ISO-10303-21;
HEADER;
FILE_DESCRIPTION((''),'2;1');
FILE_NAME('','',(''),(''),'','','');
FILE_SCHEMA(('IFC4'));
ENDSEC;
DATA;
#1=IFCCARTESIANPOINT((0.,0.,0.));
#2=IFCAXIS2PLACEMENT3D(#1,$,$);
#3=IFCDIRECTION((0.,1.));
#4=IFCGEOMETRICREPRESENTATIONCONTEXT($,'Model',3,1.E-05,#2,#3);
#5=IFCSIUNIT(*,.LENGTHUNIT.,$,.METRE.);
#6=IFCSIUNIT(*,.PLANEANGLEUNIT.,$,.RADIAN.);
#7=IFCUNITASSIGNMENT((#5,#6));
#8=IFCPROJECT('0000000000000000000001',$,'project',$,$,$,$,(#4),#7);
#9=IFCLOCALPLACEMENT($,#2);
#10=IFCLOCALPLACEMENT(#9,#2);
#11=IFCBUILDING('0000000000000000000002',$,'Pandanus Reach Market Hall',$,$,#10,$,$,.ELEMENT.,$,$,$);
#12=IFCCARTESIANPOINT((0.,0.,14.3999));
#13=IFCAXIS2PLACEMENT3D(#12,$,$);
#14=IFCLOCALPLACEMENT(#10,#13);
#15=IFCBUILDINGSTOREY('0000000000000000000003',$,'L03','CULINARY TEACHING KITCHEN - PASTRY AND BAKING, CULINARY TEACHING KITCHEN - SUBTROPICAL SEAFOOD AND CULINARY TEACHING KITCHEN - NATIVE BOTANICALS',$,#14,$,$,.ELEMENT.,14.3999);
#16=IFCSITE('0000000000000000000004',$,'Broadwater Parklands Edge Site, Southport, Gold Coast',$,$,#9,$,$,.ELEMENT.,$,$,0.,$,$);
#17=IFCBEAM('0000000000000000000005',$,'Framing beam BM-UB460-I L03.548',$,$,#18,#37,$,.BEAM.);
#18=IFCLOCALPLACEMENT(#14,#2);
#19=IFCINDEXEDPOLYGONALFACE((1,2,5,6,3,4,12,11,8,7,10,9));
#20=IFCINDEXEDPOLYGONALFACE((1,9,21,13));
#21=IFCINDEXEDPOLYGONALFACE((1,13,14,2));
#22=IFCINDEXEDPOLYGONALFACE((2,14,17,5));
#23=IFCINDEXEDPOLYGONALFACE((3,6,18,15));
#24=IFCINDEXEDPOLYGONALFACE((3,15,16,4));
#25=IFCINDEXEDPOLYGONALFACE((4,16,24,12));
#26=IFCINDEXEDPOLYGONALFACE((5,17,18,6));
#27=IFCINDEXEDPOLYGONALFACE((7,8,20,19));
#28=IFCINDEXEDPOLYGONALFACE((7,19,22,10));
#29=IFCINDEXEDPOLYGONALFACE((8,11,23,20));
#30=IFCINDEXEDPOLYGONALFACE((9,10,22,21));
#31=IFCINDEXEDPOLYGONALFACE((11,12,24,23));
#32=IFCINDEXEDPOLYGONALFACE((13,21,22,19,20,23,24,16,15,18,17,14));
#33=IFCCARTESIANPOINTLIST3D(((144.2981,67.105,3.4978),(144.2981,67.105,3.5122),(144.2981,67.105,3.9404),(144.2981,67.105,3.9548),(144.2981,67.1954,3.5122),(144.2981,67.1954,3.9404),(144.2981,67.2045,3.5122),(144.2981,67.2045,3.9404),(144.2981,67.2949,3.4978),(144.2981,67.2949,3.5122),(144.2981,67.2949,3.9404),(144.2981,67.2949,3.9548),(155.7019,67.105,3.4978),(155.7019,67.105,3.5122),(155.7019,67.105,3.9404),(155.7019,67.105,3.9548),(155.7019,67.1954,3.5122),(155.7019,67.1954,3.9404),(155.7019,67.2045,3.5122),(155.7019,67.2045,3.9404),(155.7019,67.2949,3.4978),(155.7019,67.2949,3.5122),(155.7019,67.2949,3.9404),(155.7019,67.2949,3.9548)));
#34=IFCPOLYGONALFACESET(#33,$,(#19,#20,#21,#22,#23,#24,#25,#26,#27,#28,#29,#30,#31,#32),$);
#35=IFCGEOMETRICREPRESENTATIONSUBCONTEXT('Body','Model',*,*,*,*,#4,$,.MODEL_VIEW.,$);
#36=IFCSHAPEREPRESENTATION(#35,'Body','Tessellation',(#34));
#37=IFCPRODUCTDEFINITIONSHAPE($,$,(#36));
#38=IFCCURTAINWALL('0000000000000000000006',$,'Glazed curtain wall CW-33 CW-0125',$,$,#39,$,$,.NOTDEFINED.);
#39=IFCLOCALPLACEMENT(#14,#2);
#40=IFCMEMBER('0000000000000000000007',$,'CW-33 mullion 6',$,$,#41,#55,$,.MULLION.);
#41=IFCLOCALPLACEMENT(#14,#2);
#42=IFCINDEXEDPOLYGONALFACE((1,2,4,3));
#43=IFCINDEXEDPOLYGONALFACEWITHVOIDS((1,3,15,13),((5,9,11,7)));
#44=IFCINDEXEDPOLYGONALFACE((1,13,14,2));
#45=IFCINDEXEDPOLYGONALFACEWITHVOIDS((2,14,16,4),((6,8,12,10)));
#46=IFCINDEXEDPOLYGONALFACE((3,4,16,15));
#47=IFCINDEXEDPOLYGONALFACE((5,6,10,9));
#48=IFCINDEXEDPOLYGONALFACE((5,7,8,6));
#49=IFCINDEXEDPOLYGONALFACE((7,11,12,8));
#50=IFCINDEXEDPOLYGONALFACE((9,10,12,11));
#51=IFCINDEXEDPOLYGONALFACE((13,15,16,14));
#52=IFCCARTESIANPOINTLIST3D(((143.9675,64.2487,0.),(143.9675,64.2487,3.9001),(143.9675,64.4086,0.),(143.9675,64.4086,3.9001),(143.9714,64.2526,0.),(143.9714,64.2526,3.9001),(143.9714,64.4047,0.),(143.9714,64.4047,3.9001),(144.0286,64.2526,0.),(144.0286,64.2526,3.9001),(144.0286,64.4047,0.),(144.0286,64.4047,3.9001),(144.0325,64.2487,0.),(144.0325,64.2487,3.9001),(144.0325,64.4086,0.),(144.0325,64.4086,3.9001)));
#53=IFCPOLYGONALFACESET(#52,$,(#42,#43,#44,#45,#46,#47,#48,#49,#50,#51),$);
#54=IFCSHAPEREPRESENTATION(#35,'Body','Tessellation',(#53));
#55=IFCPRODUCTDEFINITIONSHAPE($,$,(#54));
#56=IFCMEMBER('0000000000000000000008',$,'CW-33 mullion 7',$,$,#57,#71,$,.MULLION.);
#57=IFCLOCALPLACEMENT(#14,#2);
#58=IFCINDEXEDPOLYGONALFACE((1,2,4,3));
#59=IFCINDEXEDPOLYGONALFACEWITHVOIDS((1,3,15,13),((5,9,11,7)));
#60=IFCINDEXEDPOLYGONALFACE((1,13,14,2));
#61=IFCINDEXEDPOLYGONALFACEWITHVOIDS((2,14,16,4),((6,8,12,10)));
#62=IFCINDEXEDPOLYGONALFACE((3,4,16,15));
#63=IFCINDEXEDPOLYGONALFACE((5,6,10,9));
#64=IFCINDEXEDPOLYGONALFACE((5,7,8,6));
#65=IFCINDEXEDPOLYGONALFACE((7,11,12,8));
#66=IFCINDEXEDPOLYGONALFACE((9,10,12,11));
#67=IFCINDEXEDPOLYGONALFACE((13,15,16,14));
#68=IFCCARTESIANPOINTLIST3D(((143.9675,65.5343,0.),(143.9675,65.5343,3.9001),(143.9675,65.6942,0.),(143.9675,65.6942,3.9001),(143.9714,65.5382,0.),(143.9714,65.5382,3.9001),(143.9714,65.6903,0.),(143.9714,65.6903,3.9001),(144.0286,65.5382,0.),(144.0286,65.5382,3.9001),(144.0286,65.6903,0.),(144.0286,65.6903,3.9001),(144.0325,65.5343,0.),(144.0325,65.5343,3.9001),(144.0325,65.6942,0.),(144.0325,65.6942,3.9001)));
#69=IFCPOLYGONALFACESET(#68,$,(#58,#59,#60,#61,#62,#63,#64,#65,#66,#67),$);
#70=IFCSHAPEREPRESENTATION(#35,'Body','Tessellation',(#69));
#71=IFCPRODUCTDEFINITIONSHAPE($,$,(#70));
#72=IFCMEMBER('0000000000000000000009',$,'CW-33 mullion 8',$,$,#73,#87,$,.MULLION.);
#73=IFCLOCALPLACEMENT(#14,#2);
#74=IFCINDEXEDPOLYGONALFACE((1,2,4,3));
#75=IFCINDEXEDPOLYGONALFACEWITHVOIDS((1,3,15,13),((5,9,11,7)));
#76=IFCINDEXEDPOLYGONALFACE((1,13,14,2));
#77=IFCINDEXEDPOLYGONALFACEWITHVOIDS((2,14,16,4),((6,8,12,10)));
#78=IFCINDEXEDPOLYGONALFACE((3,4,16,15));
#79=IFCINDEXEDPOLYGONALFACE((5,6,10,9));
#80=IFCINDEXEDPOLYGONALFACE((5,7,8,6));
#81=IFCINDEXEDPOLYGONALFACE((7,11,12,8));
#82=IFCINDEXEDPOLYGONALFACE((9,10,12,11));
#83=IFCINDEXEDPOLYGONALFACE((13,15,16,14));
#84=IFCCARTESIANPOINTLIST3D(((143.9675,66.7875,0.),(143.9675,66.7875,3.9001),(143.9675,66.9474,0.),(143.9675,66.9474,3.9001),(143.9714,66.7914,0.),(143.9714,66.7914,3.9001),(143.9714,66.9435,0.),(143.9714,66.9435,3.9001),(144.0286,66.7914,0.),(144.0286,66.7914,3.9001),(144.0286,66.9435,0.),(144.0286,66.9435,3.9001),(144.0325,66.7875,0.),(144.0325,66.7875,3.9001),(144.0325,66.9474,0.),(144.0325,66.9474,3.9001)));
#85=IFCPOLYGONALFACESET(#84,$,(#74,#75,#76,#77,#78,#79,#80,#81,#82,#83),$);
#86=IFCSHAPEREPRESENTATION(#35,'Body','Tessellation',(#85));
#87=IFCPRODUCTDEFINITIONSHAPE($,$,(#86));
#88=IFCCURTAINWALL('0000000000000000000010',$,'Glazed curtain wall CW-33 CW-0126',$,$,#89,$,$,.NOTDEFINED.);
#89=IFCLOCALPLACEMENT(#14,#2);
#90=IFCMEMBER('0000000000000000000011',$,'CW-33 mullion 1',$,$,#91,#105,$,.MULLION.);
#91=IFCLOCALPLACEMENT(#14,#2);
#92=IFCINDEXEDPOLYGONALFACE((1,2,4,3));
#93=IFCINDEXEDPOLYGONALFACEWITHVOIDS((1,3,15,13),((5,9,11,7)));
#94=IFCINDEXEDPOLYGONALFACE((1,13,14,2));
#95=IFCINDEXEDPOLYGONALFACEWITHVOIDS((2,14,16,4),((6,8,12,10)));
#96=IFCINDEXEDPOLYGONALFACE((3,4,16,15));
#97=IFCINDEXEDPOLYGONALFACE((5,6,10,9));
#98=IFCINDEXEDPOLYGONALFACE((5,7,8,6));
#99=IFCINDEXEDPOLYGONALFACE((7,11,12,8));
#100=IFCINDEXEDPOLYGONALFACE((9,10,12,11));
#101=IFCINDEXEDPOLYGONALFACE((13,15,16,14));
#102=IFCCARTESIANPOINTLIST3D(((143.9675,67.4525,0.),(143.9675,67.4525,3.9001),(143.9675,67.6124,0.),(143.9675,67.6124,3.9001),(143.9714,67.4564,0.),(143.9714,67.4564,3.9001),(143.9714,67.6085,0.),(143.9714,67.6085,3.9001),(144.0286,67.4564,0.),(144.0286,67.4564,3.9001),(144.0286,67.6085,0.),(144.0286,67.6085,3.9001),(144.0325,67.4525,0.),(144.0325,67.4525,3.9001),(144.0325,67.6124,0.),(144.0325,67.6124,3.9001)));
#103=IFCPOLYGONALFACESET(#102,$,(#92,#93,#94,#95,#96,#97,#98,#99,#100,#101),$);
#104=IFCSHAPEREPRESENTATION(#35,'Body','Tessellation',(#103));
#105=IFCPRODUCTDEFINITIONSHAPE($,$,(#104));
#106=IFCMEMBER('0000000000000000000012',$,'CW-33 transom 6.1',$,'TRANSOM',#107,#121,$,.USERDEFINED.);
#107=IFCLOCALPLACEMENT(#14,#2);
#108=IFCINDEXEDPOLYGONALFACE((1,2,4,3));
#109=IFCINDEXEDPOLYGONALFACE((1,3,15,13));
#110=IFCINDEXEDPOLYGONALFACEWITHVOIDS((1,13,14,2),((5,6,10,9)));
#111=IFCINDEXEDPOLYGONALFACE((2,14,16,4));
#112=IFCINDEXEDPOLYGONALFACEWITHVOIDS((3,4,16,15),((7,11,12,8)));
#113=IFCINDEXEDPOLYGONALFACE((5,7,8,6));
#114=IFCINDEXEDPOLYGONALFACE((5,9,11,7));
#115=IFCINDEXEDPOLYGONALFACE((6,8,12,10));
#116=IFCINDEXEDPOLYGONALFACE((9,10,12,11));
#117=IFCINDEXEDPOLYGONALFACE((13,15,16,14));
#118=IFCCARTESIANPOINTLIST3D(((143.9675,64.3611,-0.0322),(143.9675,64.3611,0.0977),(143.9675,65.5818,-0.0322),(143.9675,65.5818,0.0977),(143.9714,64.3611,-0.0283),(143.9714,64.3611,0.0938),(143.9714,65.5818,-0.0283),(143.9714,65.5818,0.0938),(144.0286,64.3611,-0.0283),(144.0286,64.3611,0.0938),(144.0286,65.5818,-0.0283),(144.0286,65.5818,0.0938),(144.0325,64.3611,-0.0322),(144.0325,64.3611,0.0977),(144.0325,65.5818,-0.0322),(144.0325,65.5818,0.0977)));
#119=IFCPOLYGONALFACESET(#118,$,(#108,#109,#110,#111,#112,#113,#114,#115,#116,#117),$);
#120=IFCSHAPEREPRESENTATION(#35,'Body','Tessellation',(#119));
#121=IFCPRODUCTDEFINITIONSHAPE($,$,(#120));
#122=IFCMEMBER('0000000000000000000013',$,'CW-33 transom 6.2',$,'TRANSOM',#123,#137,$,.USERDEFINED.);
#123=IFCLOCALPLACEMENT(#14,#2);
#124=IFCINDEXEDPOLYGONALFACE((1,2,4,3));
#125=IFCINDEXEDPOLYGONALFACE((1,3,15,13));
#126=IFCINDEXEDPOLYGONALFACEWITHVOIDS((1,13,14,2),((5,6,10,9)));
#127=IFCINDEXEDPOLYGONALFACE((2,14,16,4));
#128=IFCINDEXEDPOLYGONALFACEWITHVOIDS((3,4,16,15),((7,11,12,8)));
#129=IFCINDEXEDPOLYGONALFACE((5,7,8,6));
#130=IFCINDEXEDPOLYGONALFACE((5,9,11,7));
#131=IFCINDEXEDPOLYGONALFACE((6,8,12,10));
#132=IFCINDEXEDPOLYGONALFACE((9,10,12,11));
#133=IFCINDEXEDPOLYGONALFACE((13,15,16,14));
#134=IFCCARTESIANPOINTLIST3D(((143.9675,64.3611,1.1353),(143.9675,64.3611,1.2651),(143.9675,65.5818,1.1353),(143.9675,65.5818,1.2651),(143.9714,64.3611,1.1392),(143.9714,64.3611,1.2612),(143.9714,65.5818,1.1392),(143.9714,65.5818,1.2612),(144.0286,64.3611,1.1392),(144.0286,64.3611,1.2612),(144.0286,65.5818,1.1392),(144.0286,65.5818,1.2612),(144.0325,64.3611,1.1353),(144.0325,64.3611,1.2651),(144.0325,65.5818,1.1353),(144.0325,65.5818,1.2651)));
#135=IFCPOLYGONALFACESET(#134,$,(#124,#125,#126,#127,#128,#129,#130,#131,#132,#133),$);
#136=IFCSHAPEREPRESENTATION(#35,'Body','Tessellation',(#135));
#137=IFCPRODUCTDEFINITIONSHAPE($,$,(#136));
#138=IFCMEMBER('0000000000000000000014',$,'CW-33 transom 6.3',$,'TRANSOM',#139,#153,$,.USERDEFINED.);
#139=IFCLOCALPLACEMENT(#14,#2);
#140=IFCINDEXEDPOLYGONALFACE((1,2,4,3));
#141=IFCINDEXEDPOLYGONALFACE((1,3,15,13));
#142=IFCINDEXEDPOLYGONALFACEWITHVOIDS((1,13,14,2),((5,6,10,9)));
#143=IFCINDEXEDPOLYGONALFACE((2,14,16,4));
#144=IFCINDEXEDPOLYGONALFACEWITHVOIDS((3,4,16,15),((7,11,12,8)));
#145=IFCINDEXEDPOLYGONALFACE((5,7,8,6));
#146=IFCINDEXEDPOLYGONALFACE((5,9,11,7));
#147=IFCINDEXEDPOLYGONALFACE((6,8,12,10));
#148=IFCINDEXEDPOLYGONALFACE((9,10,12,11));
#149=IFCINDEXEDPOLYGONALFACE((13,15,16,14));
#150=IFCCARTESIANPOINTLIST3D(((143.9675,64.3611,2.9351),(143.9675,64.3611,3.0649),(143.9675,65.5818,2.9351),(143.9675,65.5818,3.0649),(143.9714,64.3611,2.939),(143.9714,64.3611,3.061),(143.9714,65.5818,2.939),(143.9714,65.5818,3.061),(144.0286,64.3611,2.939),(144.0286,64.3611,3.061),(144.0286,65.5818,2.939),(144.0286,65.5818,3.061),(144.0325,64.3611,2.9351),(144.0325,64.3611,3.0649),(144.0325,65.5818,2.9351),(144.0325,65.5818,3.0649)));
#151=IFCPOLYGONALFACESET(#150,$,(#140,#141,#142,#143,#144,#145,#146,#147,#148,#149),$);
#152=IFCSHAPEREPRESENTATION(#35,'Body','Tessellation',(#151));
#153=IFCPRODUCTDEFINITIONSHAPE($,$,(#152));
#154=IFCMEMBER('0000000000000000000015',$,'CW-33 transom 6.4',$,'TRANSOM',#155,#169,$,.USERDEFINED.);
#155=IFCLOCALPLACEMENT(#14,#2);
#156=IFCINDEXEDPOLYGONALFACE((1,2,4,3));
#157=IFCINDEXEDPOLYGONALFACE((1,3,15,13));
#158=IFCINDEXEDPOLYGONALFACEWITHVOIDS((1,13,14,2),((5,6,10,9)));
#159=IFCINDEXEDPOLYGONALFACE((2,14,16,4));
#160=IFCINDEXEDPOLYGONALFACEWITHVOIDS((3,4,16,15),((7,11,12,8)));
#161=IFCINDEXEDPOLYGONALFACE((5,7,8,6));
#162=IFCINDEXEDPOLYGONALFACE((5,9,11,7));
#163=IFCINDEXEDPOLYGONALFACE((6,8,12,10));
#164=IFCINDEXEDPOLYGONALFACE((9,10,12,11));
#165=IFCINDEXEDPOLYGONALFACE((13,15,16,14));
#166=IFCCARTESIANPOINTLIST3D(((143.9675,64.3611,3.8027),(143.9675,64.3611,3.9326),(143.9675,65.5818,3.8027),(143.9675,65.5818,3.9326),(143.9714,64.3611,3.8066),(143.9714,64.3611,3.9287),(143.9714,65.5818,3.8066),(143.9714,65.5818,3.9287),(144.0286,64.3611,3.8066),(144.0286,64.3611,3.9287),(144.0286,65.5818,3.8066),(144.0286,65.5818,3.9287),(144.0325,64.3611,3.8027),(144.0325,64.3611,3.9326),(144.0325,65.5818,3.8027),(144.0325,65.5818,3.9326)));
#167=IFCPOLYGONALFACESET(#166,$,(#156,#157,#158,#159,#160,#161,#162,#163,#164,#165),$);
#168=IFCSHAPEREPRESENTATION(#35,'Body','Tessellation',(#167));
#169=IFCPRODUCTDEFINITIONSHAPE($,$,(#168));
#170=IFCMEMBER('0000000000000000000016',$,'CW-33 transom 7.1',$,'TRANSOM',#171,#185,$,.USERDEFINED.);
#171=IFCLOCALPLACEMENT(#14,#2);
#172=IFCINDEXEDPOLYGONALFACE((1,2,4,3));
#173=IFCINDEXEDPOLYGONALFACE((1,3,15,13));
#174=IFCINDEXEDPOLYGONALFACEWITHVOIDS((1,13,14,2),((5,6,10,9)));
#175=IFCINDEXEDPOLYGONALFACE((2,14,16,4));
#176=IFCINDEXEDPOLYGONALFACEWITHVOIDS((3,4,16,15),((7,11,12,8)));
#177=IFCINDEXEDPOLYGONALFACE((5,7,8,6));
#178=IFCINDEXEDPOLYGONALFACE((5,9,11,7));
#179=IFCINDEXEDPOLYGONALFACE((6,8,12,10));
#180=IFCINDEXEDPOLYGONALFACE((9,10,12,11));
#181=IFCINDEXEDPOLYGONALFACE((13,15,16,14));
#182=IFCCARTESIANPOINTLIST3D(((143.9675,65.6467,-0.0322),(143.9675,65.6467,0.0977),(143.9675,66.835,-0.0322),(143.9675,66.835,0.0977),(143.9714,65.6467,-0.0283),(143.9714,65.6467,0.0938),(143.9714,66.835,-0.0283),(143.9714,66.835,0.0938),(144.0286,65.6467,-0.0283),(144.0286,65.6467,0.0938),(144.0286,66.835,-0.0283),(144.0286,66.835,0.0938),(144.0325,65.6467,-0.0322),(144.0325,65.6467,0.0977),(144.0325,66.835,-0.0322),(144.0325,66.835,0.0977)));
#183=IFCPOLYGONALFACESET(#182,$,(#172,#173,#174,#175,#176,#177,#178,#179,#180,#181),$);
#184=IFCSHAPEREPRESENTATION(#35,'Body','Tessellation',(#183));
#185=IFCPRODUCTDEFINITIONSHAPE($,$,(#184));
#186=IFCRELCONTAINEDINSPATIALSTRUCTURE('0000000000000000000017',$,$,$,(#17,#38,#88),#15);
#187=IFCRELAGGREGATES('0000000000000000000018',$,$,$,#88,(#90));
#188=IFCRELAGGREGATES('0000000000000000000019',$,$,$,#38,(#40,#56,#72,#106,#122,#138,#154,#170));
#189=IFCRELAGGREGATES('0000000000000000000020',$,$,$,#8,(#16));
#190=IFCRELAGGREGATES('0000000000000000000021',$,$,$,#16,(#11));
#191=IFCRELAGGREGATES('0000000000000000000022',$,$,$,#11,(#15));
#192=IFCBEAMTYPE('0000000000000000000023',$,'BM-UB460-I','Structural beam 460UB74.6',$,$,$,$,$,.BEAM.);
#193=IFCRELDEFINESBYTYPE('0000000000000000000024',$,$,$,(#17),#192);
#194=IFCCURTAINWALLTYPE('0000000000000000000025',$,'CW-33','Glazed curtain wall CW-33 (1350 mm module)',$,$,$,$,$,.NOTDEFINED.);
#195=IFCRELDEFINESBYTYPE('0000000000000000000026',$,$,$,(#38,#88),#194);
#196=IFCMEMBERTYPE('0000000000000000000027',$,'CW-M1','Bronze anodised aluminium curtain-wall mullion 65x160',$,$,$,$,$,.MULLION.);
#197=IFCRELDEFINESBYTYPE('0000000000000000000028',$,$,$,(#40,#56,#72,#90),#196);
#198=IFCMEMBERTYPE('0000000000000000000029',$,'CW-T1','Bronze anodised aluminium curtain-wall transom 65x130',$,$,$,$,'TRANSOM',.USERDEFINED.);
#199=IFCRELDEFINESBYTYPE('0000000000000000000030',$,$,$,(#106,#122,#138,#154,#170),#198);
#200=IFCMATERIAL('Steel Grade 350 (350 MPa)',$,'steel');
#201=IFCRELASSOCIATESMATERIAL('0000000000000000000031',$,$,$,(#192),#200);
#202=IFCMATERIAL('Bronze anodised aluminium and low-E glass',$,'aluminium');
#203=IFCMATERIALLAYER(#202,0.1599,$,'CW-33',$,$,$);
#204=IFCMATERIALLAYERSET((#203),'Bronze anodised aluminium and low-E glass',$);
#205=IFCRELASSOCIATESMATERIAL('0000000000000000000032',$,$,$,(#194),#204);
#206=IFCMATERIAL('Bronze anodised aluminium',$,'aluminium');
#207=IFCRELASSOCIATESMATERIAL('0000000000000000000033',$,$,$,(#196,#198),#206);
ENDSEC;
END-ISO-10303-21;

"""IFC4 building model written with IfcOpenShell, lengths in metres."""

from ifc_helpers import new_model, si_unit, direction, frame, origin, origin_2d, place, context, subcontext, project, spatial, hollow_rectangle, i_section, extrude, material, layer, layer_set, material_profile, profile_set, type_object, element, aggregate, save


model = new_model("IFC4")

# Units and contexts
model_context = context("Model", 3, precision=1e-05, world=origin(), true_north=direction((0.0, 1.0)))
body_context = subcontext(model_context, "Body", "Model", "MODEL_VIEW")
ifc_project = project(units=[si_unit("LENGTHUNIT", "METRE"), si_unit("PLANEANGLEUNIT", "RADIAN")], contexts=[model_context])

# Site, building, storey
site_placement = place(None, origin())
site = spatial("IfcSite", under=ifc_project, at=site_placement, Name="Broadwater Parklands Edge Site, Southport, Gold Coast", CompositionType="ELEMENT", RefElevation=0.0)
building_placement = place(site_placement, origin())
building = spatial("IfcBuilding", under=site, at=building_placement, Name="Pandanus Reach Market Hall", CompositionType="ELEMENT")
storey_placement = place(building_placement, frame((0.0, 0.0, 14.3999)))
storey = spatial("IfcBuildingStorey", under=building, at=storey_placement, Name="L03", Description="CULINARY TEACHING KITCHEN - PASTRY AND BAKING, CULINARY TEACHING KITCHEN - SUBTROPICAL SEAFOOD AND CULINARY TEACHING KITCHEN - NATIVE BOTANICALS", CompositionType="ELEMENT", Elevation=14.3999)

# Beam
ifc_material_1 = material(Name="Steel Grade 350 (350 MPa)", Category="steel")
ifc_material_profile_1 = material_profile(ifc_material_1, i_section(OverallWidth=0.1899, OverallDepth=0.457, WebThickness=0.009, FlangeThickness=0.0144, at=origin_2d()), Name="460UB74.6", Category="LoadBearing")
ifc_profile_set_1 = profile_set([ifc_material_profile_1], Name="Steel Grade 350 (350 MPa)")
beam_type_1 = type_object("IfcBeamType", Name="BM-UB460-I", Description="Structural beam 460UB74.6", PredefinedType="BEAM", material=ifc_profile_set_1)
beam_placement = place(storey_placement, frame((144.2981, 67.2, 3.7263), z_axis=(1.0, 0.0, 0.0), x_axis=(0.0, 1.0, 0.0)))
element("IfcBeam", 1, at=beam_placement, inside=storey, type_object=beam_type_1, Name="Framing beam BM-UB460-I L03.548", PredefinedType="BEAM", context=body_context, shape_type="SweptSolid", body=[
    extrude(i_section(OverallWidth=0.1899, OverallDepth=0.457, WebThickness=0.009, FlangeThickness=0.0144, at=origin_2d()), origin(), (0.0, 0.0, 1.0), 11.4038),
])

# Curtain wall, members
ifc_material_2 = material(Name="Bronze anodised aluminium and low-E glass", Category="aluminium")
ifc_layer_1 = layer(ifc_material_2, 0.1599, Name="CW-33")
ifc_layer_set_1 = layer_set([ifc_layer_1], Name="Bronze anodised aluminium and low-E glass")
curtain_wall_type = type_object("IfcCurtainWallType", Name="CW-33", Description="Glazed curtain wall CW-33 (1350 mm module)", PredefinedType="NOTDEFINED", material=ifc_layer_set_1)
curtain_wall_1_placement = place(storey_placement, origin())
curtain_wall_1 = element("IfcCurtainWall", 2, at=curtain_wall_1_placement, inside=storey, type_object=curtain_wall_type, Name="Glazed curtain wall CW-33 CW-0125", PredefinedType="NOTDEFINED")
ifc_material_3 = material(Name="Bronze anodised aluminium", Category="aluminium")
ifc_material_profile_2 = material_profile(ifc_material_3, hollow_rectangle(XDim=0.0649, YDim=0.1599, WallThickness=0.0039, at=origin_2d()), Name="ALU65x160", Category="LoadBearing")
ifc_profile_set_2 = profile_set([ifc_material_profile_2], Name="Bronze anodised aluminium")
member_type_1 = type_object("IfcMemberType", Name="CW-M1", Description="Bronze anodised aluminium curtain-wall mullion 65x160", PredefinedType="MULLION", material=ifc_profile_set_2)
member_1_placement = place(storey_placement, frame((144.0, 64.3286, 0.0), z_axis=(0.0, 0.0, 1.0), x_axis=(-1.0, 0.0, 0.0)))
member_1 = element("IfcMember", 3, at=member_1_placement, type_object=member_type_1, Name="CW-33 mullion 6", PredefinedType="MULLION", context=body_context, shape_type="SweptSolid", body=[
    extrude(hollow_rectangle(XDim=0.0649, YDim=0.1599, WallThickness=0.0039, at=origin_2d()), origin(), (0.0, 0.0, 1.0), 3.9001),
])
member_2_placement = place(storey_placement, frame((144.0, 65.6143, 0.0), z_axis=(0.0, 0.0, 1.0), x_axis=(-1.0, 0.0, 0.0)))
member_2 = element("IfcMember", 4, at=member_2_placement, type_object=member_type_1, Name="CW-33 mullion 7", PredefinedType="MULLION", context=body_context, shape_type="SweptSolid", body=[
    extrude(hollow_rectangle(XDim=0.0649, YDim=0.1599, WallThickness=0.0039, at=origin_2d()), origin(), (0.0, 0.0, 1.0), 3.9001),
])
member_3_placement = place(storey_placement, frame((144.0, 66.8674, 0.0), z_axis=(0.0, 0.0, 1.0), x_axis=(-1.0, 0.0, 0.0)))
member_3 = element("IfcMember", 5, at=member_3_placement, type_object=member_type_1, Name="CW-33 mullion 8", PredefinedType="MULLION", context=body_context, shape_type="SweptSolid", body=[
    extrude(hollow_rectangle(XDim=0.0649, YDim=0.1599, WallThickness=0.0039, at=origin_2d()), origin(), (0.0, 0.0, 1.0), 3.9001),
])

# Curtain wall, member
curtain_wall_2_placement = place(storey_placement, origin())
curtain_wall_2 = element("IfcCurtainWall", 6, at=curtain_wall_2_placement, inside=storey, type_object=curtain_wall_type, Name="Glazed curtain wall CW-33 CW-0126", PredefinedType="NOTDEFINED")
member_4_placement = place(storey_placement, frame((144.0, 67.5325, 0.0), z_axis=(0.0, 0.0, 1.0), x_axis=(-1.0, 0.0, 0.0)))
member_4 = element("IfcMember", 7, at=member_4_placement, type_object=member_type_1, Name="CW-33 mullion 1", PredefinedType="MULLION", context=body_context, shape_type="SweptSolid", body=[
    extrude(hollow_rectangle(XDim=0.0649, YDim=0.1599, WallThickness=0.0039, at=origin_2d()), origin(), (0.0, 0.0, 1.0), 3.9001),
])

# Members
ifc_material_profile_3 = material_profile(ifc_material_3, hollow_rectangle(XDim=0.0649, YDim=0.1299, WallThickness=0.0039, at=origin_2d()), Name="ALU65x130", Category="LoadBearing")
ifc_profile_set_3 = profile_set([ifc_material_profile_3], Name="Bronze anodised aluminium")
member_type_2 = type_object("IfcMemberType", Name="CW-T1", Description="Bronze anodised aluminium curtain-wall transom 65x130", ElementType="TRANSOM", PredefinedType="USERDEFINED", material=ifc_profile_set_3)
member_5_placement = place(storey_placement, frame((144.0, 64.3611, 0.0327), z_axis=(0.0, 1.0, 0.0), x_axis=(-1.0, 0.0, 0.0)))
member_5 = element("IfcMember", 8, at=member_5_placement, type_object=member_type_2, Name="CW-33 transom 6.1", ObjectType="TRANSOM", PredefinedType="USERDEFINED", context=body_context, shape_type="SweptSolid", body=[
    extrude(hollow_rectangle(XDim=0.0649, YDim=0.1299, WallThickness=0.0039, at=origin_2d()), origin(), (0.0, 0.0, 1.0), 1.2207),
])
member_6_placement = place(storey_placement, frame((144.0, 64.3611, 1.2002), z_axis=(0.0, 1.0, 0.0), x_axis=(-1.0, 0.0, 0.0)))
member_6 = element("IfcMember", 9, at=member_6_placement, type_object=member_type_2, Name="CW-33 transom 6.2", ObjectType="TRANSOM", PredefinedType="USERDEFINED", context=body_context, shape_type="SweptSolid", body=[
    extrude(hollow_rectangle(XDim=0.0649, YDim=0.1299, WallThickness=0.0039, at=origin_2d()), origin(), (0.0, 0.0, 1.0), 1.2207),
])
member_7_placement = place(storey_placement, frame((144.0, 64.3611, 3.0), z_axis=(0.0, 1.0, 0.0), x_axis=(-1.0, 0.0, 0.0)))
member_7 = element("IfcMember", 10, at=member_7_placement, type_object=member_type_2, Name="CW-33 transom 6.3", ObjectType="TRANSOM", PredefinedType="USERDEFINED", context=body_context, shape_type="SweptSolid", body=[
    extrude(hollow_rectangle(XDim=0.0649, YDim=0.1299, WallThickness=0.0039, at=origin_2d()), origin(), (0.0, 0.0, 1.0), 1.2207),
])
member_8_placement = place(storey_placement, frame((144.0, 64.3611, 3.8677), z_axis=(0.0, 1.0, 0.0), x_axis=(-1.0, 0.0, 0.0)))
member_8 = element("IfcMember", 11, at=member_8_placement, type_object=member_type_2, Name="CW-33 transom 6.4", ObjectType="TRANSOM", PredefinedType="USERDEFINED", context=body_context, shape_type="SweptSolid", body=[
    extrude(hollow_rectangle(XDim=0.0649, YDim=0.1299, WallThickness=0.0039, at=origin_2d()), origin(), (0.0, 0.0, 1.0), 1.2207),
])
member_9_placement = place(storey_placement, frame((144.0, 65.6467, 0.0327), z_axis=(0.0, 1.0, 0.0), x_axis=(-1.0, 0.0, 0.0)))
member_9 = element("IfcMember", 12, at=member_9_placement, type_object=member_type_2, Name="CW-33 transom 7.1", ObjectType="TRANSOM", PredefinedType="USERDEFINED", context=body_context, shape_type="SweptSolid", body=[
    extrude(hollow_rectangle(XDim=0.0649, YDim=0.1299, WallThickness=0.0039, at=origin_2d()), origin(), (0.0, 0.0, 1.0), 1.1882),
])
aggregate(curtain_wall_2, [member_4])

aggregate(curtain_wall_1, [member_1, member_2, member_3, member_5, member_6, member_7, member_8, member_9])

save(model, "model.ifc")
